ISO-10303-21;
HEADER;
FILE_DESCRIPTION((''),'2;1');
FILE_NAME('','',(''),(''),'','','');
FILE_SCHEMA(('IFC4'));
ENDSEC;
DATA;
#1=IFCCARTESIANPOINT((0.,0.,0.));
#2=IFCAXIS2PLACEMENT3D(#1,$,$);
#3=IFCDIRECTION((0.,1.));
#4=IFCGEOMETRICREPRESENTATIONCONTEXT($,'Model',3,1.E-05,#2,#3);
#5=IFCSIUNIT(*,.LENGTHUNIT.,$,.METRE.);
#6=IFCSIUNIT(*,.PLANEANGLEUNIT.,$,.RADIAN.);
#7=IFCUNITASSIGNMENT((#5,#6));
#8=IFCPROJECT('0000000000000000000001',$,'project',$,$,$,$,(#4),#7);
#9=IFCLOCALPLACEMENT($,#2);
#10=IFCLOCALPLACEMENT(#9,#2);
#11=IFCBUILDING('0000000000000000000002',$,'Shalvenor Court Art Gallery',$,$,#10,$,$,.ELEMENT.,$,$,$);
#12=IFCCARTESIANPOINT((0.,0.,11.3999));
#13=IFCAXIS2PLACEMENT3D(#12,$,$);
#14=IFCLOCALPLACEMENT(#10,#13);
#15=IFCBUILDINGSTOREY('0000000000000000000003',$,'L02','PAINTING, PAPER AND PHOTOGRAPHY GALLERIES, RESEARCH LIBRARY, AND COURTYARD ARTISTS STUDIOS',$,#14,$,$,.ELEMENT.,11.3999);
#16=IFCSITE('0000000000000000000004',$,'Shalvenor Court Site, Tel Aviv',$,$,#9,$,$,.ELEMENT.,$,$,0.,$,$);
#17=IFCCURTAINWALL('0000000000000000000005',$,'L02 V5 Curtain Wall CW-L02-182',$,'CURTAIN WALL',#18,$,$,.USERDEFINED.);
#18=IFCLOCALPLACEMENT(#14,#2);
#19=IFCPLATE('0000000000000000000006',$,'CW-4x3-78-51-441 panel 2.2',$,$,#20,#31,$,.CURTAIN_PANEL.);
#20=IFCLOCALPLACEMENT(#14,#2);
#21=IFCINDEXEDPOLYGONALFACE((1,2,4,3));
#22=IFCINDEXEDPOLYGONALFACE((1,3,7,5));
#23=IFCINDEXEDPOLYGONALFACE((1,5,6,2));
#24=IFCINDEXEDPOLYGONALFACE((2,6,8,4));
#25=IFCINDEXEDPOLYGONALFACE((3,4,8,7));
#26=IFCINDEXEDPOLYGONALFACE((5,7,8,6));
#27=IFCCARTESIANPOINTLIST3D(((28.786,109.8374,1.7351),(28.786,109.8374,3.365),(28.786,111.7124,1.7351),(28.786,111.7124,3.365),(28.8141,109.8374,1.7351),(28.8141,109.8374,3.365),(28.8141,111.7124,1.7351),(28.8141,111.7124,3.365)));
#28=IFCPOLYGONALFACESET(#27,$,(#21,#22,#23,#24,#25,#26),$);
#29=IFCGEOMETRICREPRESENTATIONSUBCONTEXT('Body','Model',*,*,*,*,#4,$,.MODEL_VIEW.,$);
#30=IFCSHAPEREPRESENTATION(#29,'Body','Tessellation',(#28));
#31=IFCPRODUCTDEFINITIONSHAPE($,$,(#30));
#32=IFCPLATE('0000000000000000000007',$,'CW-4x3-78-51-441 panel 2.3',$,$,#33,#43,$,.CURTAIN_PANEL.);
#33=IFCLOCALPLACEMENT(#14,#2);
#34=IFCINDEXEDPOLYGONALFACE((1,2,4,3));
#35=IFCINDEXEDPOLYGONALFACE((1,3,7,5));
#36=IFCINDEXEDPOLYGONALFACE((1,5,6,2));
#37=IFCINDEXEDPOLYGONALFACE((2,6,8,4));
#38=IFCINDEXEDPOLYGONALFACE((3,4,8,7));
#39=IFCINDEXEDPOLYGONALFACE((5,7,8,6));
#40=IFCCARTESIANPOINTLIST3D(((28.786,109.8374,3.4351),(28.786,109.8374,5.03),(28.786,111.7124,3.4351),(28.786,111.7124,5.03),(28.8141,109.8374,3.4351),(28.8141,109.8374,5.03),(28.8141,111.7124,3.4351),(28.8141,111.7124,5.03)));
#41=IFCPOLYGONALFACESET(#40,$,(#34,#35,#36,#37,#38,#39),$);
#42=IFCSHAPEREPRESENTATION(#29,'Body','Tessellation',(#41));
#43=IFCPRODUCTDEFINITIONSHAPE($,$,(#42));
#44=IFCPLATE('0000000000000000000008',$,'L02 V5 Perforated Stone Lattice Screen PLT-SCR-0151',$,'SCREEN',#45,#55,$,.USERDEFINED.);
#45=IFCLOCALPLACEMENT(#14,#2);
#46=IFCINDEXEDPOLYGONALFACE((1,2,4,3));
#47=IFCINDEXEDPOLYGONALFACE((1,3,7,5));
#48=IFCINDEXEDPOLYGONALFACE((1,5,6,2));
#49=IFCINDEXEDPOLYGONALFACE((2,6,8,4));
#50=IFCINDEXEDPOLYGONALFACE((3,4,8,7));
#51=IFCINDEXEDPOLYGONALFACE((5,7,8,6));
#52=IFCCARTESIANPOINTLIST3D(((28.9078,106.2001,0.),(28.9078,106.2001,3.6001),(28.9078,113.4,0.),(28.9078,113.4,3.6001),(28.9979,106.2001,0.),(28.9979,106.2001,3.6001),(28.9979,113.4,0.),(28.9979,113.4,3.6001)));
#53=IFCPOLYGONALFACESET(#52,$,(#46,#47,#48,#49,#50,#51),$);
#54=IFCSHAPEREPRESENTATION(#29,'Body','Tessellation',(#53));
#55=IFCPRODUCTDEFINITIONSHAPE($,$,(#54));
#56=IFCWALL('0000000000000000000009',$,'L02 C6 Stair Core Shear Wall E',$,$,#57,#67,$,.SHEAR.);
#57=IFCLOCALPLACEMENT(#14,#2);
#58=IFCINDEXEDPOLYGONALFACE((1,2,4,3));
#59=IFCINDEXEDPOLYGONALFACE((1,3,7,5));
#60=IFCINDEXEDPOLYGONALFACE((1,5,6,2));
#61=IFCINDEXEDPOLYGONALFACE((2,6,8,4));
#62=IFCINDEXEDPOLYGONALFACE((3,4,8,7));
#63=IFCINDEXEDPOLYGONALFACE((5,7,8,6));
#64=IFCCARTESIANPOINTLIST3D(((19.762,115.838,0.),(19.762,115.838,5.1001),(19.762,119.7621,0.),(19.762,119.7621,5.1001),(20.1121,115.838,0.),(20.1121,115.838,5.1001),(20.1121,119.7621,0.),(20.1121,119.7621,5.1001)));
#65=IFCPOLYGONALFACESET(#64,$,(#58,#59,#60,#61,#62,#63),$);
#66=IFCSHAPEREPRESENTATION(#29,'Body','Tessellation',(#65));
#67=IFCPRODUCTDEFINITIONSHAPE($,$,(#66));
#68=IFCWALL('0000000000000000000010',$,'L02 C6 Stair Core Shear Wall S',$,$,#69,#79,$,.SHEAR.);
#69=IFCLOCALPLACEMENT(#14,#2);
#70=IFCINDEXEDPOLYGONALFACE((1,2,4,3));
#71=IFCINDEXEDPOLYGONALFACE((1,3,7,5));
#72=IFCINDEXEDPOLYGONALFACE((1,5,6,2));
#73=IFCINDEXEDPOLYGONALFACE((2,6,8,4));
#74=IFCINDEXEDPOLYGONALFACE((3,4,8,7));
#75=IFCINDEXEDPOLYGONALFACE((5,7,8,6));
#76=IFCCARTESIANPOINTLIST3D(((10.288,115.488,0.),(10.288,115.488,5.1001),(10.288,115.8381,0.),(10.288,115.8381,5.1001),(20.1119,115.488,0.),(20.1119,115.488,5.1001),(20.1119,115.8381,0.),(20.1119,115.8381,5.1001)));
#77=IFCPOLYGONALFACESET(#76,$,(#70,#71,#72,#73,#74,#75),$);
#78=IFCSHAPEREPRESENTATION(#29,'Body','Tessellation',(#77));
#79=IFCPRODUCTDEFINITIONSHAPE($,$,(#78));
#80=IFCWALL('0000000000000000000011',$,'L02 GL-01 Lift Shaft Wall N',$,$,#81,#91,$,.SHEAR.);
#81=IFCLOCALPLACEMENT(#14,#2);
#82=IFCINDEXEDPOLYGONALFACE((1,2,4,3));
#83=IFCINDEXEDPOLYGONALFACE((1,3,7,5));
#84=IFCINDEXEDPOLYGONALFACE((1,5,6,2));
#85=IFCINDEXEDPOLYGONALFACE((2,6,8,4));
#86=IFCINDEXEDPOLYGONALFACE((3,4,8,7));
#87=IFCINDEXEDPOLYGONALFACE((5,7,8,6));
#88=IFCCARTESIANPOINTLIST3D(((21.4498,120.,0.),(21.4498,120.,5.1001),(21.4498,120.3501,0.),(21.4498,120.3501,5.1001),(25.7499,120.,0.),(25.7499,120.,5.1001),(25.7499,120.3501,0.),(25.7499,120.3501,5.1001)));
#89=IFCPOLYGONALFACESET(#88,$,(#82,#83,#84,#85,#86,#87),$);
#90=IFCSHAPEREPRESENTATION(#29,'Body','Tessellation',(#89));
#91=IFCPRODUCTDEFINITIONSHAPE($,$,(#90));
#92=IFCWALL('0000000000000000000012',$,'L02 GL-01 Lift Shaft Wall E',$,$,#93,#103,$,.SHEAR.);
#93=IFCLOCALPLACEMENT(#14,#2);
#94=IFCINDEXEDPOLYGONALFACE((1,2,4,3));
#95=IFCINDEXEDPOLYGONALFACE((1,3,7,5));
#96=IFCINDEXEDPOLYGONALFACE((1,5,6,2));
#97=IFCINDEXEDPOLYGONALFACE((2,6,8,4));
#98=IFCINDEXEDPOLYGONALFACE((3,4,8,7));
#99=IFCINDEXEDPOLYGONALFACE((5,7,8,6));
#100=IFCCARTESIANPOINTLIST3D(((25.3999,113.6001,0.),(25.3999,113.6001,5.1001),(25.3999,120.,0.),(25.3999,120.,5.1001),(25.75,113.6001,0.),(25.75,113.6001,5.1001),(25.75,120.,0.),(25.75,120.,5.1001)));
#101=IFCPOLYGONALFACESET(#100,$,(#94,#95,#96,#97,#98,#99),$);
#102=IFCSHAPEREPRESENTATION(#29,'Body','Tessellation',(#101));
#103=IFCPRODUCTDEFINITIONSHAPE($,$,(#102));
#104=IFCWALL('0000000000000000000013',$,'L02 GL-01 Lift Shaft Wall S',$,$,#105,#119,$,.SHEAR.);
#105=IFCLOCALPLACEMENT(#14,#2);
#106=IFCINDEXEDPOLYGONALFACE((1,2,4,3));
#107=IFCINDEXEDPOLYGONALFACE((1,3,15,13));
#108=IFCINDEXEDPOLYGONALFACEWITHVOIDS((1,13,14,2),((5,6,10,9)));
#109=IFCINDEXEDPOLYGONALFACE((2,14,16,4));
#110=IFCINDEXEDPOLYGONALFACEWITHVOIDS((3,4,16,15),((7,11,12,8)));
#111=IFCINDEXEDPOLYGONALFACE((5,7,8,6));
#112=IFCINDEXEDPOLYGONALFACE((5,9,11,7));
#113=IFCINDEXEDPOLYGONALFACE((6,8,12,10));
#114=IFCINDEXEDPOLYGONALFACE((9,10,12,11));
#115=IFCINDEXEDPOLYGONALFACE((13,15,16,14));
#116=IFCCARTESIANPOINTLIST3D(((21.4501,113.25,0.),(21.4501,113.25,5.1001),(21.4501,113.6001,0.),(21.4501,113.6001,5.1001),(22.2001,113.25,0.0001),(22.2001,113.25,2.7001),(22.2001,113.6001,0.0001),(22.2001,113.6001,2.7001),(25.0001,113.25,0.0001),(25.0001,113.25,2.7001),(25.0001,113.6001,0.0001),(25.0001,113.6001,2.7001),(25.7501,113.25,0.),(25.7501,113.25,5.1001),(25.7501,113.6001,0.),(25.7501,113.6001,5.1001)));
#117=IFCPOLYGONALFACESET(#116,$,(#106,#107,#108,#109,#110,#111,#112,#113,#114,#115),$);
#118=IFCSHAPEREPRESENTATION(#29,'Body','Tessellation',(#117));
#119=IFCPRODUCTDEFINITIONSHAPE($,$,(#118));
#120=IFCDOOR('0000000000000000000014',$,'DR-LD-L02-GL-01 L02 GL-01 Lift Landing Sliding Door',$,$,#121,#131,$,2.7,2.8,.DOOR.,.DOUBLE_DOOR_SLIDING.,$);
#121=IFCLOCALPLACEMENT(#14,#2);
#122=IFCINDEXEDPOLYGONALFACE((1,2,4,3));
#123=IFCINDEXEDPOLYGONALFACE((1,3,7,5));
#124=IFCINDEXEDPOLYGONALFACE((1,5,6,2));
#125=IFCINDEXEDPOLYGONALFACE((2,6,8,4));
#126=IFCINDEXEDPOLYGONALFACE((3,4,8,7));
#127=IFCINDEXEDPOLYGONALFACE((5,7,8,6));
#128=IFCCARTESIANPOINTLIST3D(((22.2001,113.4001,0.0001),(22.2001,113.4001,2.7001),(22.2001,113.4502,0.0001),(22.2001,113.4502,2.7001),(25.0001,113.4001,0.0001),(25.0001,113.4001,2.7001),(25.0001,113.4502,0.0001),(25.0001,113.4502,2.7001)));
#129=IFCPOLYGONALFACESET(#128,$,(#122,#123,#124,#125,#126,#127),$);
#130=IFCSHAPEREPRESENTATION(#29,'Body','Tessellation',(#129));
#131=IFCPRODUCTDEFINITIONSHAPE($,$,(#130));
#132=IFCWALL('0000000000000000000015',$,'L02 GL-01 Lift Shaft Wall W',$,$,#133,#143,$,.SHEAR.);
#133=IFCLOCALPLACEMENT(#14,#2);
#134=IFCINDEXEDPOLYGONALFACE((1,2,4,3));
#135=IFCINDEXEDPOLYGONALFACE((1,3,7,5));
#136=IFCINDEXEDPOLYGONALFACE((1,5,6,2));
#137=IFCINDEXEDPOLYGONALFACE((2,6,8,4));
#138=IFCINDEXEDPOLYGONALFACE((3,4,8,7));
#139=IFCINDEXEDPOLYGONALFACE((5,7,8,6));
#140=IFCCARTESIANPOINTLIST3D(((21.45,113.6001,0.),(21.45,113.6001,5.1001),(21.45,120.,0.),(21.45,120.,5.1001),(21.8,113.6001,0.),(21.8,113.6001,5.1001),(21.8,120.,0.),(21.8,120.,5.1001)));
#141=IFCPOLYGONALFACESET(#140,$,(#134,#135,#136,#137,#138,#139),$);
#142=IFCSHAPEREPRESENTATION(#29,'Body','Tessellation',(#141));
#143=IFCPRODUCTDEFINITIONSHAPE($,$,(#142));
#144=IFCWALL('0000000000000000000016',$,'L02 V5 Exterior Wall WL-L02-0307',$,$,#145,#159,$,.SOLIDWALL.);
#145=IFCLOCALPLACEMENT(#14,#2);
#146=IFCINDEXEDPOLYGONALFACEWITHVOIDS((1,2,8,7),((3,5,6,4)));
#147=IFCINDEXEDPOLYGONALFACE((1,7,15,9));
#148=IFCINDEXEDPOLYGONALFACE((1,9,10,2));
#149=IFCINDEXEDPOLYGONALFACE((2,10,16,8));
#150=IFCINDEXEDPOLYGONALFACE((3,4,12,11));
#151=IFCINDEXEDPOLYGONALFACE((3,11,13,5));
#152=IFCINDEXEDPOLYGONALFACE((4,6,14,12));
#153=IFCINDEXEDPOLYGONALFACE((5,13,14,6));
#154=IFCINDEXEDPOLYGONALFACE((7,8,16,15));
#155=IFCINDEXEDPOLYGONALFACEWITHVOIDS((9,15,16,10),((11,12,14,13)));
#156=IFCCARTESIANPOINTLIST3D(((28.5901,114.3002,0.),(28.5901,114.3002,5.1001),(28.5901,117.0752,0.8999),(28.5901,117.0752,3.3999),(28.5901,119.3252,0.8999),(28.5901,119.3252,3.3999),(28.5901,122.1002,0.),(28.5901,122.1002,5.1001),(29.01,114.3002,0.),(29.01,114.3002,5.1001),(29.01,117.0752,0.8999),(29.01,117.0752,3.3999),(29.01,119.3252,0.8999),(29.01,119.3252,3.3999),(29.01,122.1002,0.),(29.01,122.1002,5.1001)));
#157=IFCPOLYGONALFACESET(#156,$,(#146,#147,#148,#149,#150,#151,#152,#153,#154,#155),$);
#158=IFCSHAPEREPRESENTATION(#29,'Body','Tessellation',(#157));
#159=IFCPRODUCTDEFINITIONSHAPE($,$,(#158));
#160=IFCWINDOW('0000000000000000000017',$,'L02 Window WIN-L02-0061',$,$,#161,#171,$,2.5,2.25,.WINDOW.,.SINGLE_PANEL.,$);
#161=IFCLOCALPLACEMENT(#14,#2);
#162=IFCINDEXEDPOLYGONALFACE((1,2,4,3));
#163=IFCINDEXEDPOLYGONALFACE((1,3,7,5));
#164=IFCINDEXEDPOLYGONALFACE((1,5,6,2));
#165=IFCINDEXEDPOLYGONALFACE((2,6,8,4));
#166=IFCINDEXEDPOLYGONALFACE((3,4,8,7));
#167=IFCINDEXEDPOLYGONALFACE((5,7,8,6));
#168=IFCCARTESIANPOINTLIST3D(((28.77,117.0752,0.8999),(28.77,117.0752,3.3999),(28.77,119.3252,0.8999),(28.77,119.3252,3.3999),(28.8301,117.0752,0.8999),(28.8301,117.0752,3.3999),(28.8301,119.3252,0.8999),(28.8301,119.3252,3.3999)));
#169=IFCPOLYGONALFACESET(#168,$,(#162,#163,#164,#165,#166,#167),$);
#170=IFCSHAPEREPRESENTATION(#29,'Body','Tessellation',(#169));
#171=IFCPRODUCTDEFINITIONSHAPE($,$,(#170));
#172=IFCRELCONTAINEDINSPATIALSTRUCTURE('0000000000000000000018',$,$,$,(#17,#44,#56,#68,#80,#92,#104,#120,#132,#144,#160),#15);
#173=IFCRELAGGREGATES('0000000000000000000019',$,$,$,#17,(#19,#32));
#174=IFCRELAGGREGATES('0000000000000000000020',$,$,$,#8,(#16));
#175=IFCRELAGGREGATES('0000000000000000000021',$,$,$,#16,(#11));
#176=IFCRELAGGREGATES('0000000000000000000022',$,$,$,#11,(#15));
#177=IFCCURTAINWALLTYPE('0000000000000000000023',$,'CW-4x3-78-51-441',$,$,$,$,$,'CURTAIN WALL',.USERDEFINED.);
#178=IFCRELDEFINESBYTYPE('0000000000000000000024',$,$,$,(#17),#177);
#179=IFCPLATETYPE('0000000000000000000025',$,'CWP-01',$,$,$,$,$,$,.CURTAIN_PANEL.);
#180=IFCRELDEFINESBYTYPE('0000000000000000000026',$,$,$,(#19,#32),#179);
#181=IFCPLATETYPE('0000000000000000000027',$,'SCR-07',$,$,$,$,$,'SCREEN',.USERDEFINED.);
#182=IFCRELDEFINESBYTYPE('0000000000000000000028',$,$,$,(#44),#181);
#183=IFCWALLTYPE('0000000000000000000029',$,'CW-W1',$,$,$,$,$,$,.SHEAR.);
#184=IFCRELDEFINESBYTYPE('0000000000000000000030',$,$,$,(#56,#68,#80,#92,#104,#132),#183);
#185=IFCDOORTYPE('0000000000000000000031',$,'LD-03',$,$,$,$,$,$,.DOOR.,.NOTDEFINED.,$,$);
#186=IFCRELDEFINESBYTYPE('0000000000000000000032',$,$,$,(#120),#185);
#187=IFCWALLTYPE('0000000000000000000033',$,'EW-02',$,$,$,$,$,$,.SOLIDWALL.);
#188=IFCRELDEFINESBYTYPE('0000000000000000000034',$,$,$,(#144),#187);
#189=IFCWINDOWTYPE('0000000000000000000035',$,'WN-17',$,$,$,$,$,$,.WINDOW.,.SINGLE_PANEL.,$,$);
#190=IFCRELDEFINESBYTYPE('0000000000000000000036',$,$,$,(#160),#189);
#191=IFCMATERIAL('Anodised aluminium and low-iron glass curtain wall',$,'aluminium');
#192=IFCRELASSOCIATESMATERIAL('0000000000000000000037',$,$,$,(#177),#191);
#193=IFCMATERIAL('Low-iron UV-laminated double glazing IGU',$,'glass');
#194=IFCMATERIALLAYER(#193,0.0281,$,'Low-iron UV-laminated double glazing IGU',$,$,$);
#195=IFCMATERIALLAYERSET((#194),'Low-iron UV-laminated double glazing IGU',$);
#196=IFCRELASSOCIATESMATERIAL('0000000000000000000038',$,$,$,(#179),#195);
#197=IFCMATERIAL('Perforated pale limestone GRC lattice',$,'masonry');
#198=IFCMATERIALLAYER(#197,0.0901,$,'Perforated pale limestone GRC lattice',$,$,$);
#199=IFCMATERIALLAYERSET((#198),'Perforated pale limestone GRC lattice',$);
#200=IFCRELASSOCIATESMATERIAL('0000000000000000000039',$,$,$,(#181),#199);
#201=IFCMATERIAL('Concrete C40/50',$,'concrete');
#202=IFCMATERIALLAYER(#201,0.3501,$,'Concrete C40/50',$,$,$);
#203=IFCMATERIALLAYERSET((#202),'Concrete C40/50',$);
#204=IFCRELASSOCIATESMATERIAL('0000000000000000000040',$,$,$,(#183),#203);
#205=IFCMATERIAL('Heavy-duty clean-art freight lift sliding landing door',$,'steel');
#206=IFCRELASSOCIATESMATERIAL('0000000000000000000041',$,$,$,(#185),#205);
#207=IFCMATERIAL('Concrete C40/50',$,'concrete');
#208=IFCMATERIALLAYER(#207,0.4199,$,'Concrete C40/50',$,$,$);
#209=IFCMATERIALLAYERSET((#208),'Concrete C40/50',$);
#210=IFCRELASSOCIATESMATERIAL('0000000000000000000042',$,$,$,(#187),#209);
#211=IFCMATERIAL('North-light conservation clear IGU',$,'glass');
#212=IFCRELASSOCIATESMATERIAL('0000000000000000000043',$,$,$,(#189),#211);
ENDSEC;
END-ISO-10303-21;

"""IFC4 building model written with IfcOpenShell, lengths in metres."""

from ifc_helpers import new_model, si_unit, direction, frame, frame_2d, origin, origin_2d, place, context, subcontext, project, spatial, rectangle, extrude, material, layer, layer_set, type_object, element, fill, aggregate, save


model = new_model("IFC4")

# Units and contexts
model_context = context("Model", 3, precision=1e-05, world=origin(), true_north=direction((0.0, 1.0)))
body_context = subcontext(model_context, "Body", "Model", "MODEL_VIEW")
ifc_project = project(units=[si_unit("LENGTHUNIT", "METRE"), si_unit("PLANEANGLEUNIT", "RADIAN")], contexts=[model_context])

# Site, building, storey
site_placement = place(None, origin())
site = spatial("IfcSite", under=ifc_project, at=site_placement, Name="Shalvenor Court Site, Tel Aviv", CompositionType="ELEMENT", RefElevation=0.0)
building_placement = place(site_placement, origin())
building = spatial("IfcBuilding", under=site, at=building_placement, Name="Shalvenor Court Art Gallery", CompositionType="ELEMENT")
storey_placement = place(building_placement, frame((0.0, 0.0, 11.3999)))
storey = spatial("IfcBuildingStorey", under=building, at=storey_placement, Name="L02", Description="PAINTING, PAPER AND PHOTOGRAPHY GALLERIES, RESEARCH LIBRARY, AND COURTYARD ARTISTS STUDIOS", CompositionType="ELEMENT", Elevation=11.3999)

# Curtain wall, plates
ifc_material_1 = material(Name="Anodised aluminium and low-iron glass curtain wall", Category="aluminium")
curtain_wall_type = type_object("IfcCurtainWallType", Name="CW-4x3-78-51-441", ElementType="CURTAIN WALL", PredefinedType="USERDEFINED", material=ifc_material_1)
curtain_wall_placement = place(storey_placement, origin())
curtain_wall = element("IfcCurtainWall", 1, at=curtain_wall_placement, inside=storey, type_object=curtain_wall_type, Name="L02 V5 Curtain Wall CW-L02-182", ObjectType="CURTAIN WALL", PredefinedType="USERDEFINED")
ifc_material_2 = material(Name="Low-iron UV-laminated double glazing IGU", Category="glass")
ifc_layer_1 = layer(ifc_material_2, 0.0281, Name="Low-iron UV-laminated double glazing IGU")
ifc_layer_set_1 = layer_set([ifc_layer_1], Name="Low-iron UV-laminated double glazing IGU")
plate_type_1 = type_object("IfcPlateType", Name="CWP-01", PredefinedType="CURTAIN_PANEL", material=ifc_layer_set_1)
plate_1_placement = place(storey_placement, frame((28.8, 110.7749, 1.7351), z_axis=(0.0, 0.0, 1.0), x_axis=(0.0, -1.0, 0.0)))
plate_1 = element("IfcPlate", 2, at=plate_1_placement, type_object=plate_type_1, Name="CW-4x3-78-51-441 panel 2.2", PredefinedType="CURTAIN_PANEL", context=body_context, shape_type="SweptSolid", body=[
    extrude(rectangle(XDim=1.875, YDim=0.0281, at=origin_2d()), origin(), (0.0, 0.0, 1.0), 1.6299),
])
plate_2_placement = place(storey_placement, frame((28.8, 110.7749, 3.4351), z_axis=(0.0, 0.0, 1.0), x_axis=(0.0, -1.0, 0.0)))
plate_2 = element("IfcPlate", 3, at=plate_2_placement, type_object=plate_type_1, Name="CW-4x3-78-51-441 panel 2.3", PredefinedType="CURTAIN_PANEL", context=body_context, shape_type="SweptSolid", body=[
    extrude(rectangle(XDim=1.875, YDim=0.0281, at=origin_2d()), origin(), (0.0, 0.0, 1.0), 1.595),
])
aggregate(curtain_wall, [plate_1, plate_2])

# Plate
ifc_material_3 = material(Name="Perforated pale limestone GRC lattice", Category="masonry")
ifc_layer_2 = layer(ifc_material_3, 0.0901, Name="Perforated pale limestone GRC lattice")
ifc_layer_set_2 = layer_set([ifc_layer_2], Name="Perforated pale limestone GRC lattice")
plate_type_2 = type_object("IfcPlateType", Name="SCR-07", ElementType="SCREEN", PredefinedType="USERDEFINED", material=ifc_layer_set_2)
plate_3_placement = place(storey_placement, frame((28.9529, 109.8, 0.0), z_axis=(0.0, 0.0, 1.0), x_axis=(0.0, -1.0, 0.0)))
element("IfcPlate", 4, at=plate_3_placement, inside=storey, type_object=plate_type_2, Name="L02 V5 Perforated Stone Lattice Screen PLT-SCR-0151", ObjectType="SCREEN", PredefinedType="USERDEFINED", context=body_context, shape_type="SweptSolid", body=[
    extrude(rectangle(XDim=7.2, YDim=0.0901, at=origin_2d()), origin(), (0.0, 0.0, 1.0), 3.6001),
])

# Walls
ifc_material_4 = material(Name="Concrete C40/50", Category="concrete")
ifc_layer_3 = layer(ifc_material_4, 0.3501, Name="Concrete C40/50")
ifc_layer_set_3 = layer_set([ifc_layer_3], Name="Concrete C40/50")
wall_type_1 = type_object("IfcWallType", Name="CW-W1", PredefinedType="SHEAR", material=ifc_layer_set_3)
wall_1_placement = place(storey_placement, frame((19.937, 119.762, 0.0), z_axis=(0.0, 0.0, 1.0), x_axis=(0.0, -1.0, 0.0)))
element("IfcWall", 5, at=wall_1_placement, inside=storey, type_object=wall_type_1, Name="L02 C6 Stair Core Shear Wall E", PredefinedType="SHEAR", context=body_context, shape_type="SweptSolid", body=[
    extrude(rectangle(XDim=3.9241, YDim=0.3501, at=frame_2d((1.9619, 0.0))), origin(), (0.0, 0.0, 1.0), 5.1001),
])
wall_2_placement = place(storey_placement, frame((20.1121, 115.6631, 0.0), z_axis=(0.0, 0.0, 1.0), x_axis=(-1.0, 0.0, 0.0)))
element("IfcWall", 6, at=wall_2_placement, inside=storey, type_object=wall_type_1, Name="L02 C6 Stair Core Shear Wall S", PredefinedType="SHEAR", context=body_context, shape_type="SweptSolid", body=[
    extrude(rectangle(XDim=9.824, YDim=0.3501, at=frame_2d((4.9121, 0.0))), origin(), (0.0, 0.0, 1.0), 5.1001),
])
wall_3_placement = place(storey_placement, frame((21.45, 120.175, 0.0), z_axis=(0.0, 0.0, 1.0), x_axis=(1.0, 0.0, 0.0)))
element("IfcWall", 7, at=wall_3_placement, inside=storey, type_object=wall_type_1, Name="L02 GL-01 Lift Shaft Wall N", PredefinedType="SHEAR", context=body_context, shape_type="SweptSolid", body=[
    extrude(rectangle(XDim=4.3, YDim=0.3501, at=frame_2d((2.1499, 0.0))), origin(), (0.0, 0.0, 1.0), 5.1001),
])
wall_4_placement = place(storey_placement, frame((25.575, 120.0, 0.0), z_axis=(0.0, 0.0, 1.0), x_axis=(0.0, -1.0, 0.0)))
element("IfcWall", 8, at=wall_4_placement, inside=storey, type_object=wall_type_1, Name="L02 GL-01 Lift Shaft Wall E", PredefinedType="SHEAR", context=body_context, shape_type="SweptSolid", body=[
    extrude(rectangle(XDim=6.3999, YDim=0.3501, at=frame_2d((3.2, 0.0))), origin(), (0.0, 0.0, 1.0), 5.1001),
])

# Wall, opening, door
wall_5_placement = place(storey_placement, frame((25.75, 113.425, 0.0), z_axis=(0.0, 0.0, 1.0), x_axis=(-1.0, 0.0, 0.0)))
wall_5 = element("IfcWall", 9, at=wall_5_placement, inside=storey, type_object=wall_type_1, Name="L02 GL-01 Lift Shaft Wall S", PredefinedType="SHEAR", context=body_context, shape_type="SweptSolid", body=[
    extrude(rectangle(XDim=4.3, YDim=0.3501, at=frame_2d((2.1499, 0.0))), origin(), (0.0, 0.0, 1.0), 5.1001),
])
opening_1_placement = place(wall_5_placement, frame((0.75, 0.0, 0.0)))
opening_1 = element("IfcOpeningElement", 10, at=opening_1_placement, cuts=wall_5, PredefinedType="OPENING", context=body_context, shape_type="SweptSolid", body=[
    extrude(rectangle(XDim=2.8, YDim=2.7, at=frame_2d((1.3999, 1.3501))), frame((0.0, 0.1851, 0.0), z_axis=(0.0, -1.0, 0.0), x_axis=(1.0, 0.0, 0.0)), (0.0, 0.0, 1.0), 0.3701),
])
ifc_material_5 = material(Name="Heavy-duty clean-art freight lift sliding landing door", Category="steel")
door_type = type_object("IfcDoorType", Name="LD-03", OperationType="NOTDEFINED", PredefinedType="DOOR", material=ifc_material_5)
door_placement = place(opening_1_placement, origin())
door = element("IfcDoor", 11, at=door_placement, inside=storey, type_object=door_type, Name="DR-LD-L02-GL-01 L02 GL-01 Lift Landing Sliding Door", OperationType="DOUBLE_DOOR_SLIDING", OverallHeight=2.7, OverallWidth=2.8, PredefinedType="DOOR", context=body_context, shape_type="SweptSolid", body=[
    extrude(rectangle(XDim=2.8, YDim=2.7, at=frame_2d((1.3999, 1.3501))), frame((0.0, 0.0249, 0.0), z_axis=(0.0, -1.0, 0.0), x_axis=(1.0, 0.0, 0.0)), (0.0, 0.0, 1.0), 0.05),
])
fill(opening_1, door)

# Wall
wall_6_placement = place(storey_placement, frame((21.625, 113.6001, 0.0), z_axis=(0.0, 0.0, 1.0), x_axis=(0.0, 1.0, 0.0)))
element("IfcWall", 12, at=wall_6_placement, inside=storey, type_object=wall_type_1, Name="L02 GL-01 Lift Shaft Wall W", PredefinedType="SHEAR", context=body_context, shape_type="SweptSolid", body=[
    extrude(rectangle(XDim=6.3999, YDim=0.3501, at=frame_2d((3.2, 0.0))), origin(), (0.0, 0.0, 1.0), 5.1001),
])

# Wall, opening, window
ifc_material_6 = material(Name="Concrete C40/50", Category="concrete")
ifc_layer_4 = layer(ifc_material_6, 0.4199, Name="Concrete C40/50")
ifc_layer_set_4 = layer_set([ifc_layer_4], Name="Concrete C40/50")
wall_type_2 = type_object("IfcWallType", Name="EW-02", PredefinedType="SOLIDWALL", material=ifc_layer_set_4)
wall_7_placement = place(storey_placement, frame((28.8, 122.1001, 0.0), z_axis=(0.0, 0.0, 1.0), x_axis=(0.0, -1.0, 0.0)))
wall_7 = element("IfcWall", 13, at=wall_7_placement, inside=storey, type_object=wall_type_2, Name="L02 V5 Exterior Wall WL-L02-0307", PredefinedType="SOLIDWALL", context=body_context, shape_type="SweptSolid", body=[
    extrude(rectangle(XDim=7.8, YDim=0.4199, at=frame_2d((3.8999, 0.0))), origin(), (0.0, 0.0, 1.0), 5.1001),
])
opening_2_placement = place(wall_7_placement, frame((2.7749, 0.0, 0.8999)))
opening_2 = element("IfcOpeningElement", 14, at=opening_2_placement, cuts=wall_7, PredefinedType="OPENING", context=body_context, shape_type="SweptSolid", body=[
    extrude(rectangle(XDim=2.25, YDim=2.5, at=frame_2d((1.125, 1.25))), frame((0.0, 0.22, 0.0), z_axis=(0.0, -1.0, 0.0), x_axis=(1.0, 0.0, 0.0)), (0.0, 0.0, 1.0), 0.4399),
])
ifc_material_7 = material(Name="North-light conservation clear IGU", Category="glass")
window_type = type_object("IfcWindowType", Name="WN-17", PartitioningType="SINGLE_PANEL", PredefinedType="WINDOW", material=ifc_material_7)
window_placement = place(opening_2_placement, origin())
window = element("IfcWindow", 15, at=window_placement, inside=storey, type_object=window_type, Name="L02 Window WIN-L02-0061", OverallHeight=2.5, OverallWidth=2.25, PartitioningType="SINGLE_PANEL", PredefinedType="WINDOW", context=body_context, shape_type="SweptSolid", body=[
    extrude(rectangle(XDim=2.25, YDim=2.5, at=frame_2d((1.125, 1.25))), frame((0.0, 0.03, 0.0), z_axis=(0.0, -1.0, 0.0), x_axis=(1.0, 0.0, 0.0)), (0.0, 0.0, 1.0), 0.0601),
])
fill(opening_2, window)

save(model, "model.ifc")
